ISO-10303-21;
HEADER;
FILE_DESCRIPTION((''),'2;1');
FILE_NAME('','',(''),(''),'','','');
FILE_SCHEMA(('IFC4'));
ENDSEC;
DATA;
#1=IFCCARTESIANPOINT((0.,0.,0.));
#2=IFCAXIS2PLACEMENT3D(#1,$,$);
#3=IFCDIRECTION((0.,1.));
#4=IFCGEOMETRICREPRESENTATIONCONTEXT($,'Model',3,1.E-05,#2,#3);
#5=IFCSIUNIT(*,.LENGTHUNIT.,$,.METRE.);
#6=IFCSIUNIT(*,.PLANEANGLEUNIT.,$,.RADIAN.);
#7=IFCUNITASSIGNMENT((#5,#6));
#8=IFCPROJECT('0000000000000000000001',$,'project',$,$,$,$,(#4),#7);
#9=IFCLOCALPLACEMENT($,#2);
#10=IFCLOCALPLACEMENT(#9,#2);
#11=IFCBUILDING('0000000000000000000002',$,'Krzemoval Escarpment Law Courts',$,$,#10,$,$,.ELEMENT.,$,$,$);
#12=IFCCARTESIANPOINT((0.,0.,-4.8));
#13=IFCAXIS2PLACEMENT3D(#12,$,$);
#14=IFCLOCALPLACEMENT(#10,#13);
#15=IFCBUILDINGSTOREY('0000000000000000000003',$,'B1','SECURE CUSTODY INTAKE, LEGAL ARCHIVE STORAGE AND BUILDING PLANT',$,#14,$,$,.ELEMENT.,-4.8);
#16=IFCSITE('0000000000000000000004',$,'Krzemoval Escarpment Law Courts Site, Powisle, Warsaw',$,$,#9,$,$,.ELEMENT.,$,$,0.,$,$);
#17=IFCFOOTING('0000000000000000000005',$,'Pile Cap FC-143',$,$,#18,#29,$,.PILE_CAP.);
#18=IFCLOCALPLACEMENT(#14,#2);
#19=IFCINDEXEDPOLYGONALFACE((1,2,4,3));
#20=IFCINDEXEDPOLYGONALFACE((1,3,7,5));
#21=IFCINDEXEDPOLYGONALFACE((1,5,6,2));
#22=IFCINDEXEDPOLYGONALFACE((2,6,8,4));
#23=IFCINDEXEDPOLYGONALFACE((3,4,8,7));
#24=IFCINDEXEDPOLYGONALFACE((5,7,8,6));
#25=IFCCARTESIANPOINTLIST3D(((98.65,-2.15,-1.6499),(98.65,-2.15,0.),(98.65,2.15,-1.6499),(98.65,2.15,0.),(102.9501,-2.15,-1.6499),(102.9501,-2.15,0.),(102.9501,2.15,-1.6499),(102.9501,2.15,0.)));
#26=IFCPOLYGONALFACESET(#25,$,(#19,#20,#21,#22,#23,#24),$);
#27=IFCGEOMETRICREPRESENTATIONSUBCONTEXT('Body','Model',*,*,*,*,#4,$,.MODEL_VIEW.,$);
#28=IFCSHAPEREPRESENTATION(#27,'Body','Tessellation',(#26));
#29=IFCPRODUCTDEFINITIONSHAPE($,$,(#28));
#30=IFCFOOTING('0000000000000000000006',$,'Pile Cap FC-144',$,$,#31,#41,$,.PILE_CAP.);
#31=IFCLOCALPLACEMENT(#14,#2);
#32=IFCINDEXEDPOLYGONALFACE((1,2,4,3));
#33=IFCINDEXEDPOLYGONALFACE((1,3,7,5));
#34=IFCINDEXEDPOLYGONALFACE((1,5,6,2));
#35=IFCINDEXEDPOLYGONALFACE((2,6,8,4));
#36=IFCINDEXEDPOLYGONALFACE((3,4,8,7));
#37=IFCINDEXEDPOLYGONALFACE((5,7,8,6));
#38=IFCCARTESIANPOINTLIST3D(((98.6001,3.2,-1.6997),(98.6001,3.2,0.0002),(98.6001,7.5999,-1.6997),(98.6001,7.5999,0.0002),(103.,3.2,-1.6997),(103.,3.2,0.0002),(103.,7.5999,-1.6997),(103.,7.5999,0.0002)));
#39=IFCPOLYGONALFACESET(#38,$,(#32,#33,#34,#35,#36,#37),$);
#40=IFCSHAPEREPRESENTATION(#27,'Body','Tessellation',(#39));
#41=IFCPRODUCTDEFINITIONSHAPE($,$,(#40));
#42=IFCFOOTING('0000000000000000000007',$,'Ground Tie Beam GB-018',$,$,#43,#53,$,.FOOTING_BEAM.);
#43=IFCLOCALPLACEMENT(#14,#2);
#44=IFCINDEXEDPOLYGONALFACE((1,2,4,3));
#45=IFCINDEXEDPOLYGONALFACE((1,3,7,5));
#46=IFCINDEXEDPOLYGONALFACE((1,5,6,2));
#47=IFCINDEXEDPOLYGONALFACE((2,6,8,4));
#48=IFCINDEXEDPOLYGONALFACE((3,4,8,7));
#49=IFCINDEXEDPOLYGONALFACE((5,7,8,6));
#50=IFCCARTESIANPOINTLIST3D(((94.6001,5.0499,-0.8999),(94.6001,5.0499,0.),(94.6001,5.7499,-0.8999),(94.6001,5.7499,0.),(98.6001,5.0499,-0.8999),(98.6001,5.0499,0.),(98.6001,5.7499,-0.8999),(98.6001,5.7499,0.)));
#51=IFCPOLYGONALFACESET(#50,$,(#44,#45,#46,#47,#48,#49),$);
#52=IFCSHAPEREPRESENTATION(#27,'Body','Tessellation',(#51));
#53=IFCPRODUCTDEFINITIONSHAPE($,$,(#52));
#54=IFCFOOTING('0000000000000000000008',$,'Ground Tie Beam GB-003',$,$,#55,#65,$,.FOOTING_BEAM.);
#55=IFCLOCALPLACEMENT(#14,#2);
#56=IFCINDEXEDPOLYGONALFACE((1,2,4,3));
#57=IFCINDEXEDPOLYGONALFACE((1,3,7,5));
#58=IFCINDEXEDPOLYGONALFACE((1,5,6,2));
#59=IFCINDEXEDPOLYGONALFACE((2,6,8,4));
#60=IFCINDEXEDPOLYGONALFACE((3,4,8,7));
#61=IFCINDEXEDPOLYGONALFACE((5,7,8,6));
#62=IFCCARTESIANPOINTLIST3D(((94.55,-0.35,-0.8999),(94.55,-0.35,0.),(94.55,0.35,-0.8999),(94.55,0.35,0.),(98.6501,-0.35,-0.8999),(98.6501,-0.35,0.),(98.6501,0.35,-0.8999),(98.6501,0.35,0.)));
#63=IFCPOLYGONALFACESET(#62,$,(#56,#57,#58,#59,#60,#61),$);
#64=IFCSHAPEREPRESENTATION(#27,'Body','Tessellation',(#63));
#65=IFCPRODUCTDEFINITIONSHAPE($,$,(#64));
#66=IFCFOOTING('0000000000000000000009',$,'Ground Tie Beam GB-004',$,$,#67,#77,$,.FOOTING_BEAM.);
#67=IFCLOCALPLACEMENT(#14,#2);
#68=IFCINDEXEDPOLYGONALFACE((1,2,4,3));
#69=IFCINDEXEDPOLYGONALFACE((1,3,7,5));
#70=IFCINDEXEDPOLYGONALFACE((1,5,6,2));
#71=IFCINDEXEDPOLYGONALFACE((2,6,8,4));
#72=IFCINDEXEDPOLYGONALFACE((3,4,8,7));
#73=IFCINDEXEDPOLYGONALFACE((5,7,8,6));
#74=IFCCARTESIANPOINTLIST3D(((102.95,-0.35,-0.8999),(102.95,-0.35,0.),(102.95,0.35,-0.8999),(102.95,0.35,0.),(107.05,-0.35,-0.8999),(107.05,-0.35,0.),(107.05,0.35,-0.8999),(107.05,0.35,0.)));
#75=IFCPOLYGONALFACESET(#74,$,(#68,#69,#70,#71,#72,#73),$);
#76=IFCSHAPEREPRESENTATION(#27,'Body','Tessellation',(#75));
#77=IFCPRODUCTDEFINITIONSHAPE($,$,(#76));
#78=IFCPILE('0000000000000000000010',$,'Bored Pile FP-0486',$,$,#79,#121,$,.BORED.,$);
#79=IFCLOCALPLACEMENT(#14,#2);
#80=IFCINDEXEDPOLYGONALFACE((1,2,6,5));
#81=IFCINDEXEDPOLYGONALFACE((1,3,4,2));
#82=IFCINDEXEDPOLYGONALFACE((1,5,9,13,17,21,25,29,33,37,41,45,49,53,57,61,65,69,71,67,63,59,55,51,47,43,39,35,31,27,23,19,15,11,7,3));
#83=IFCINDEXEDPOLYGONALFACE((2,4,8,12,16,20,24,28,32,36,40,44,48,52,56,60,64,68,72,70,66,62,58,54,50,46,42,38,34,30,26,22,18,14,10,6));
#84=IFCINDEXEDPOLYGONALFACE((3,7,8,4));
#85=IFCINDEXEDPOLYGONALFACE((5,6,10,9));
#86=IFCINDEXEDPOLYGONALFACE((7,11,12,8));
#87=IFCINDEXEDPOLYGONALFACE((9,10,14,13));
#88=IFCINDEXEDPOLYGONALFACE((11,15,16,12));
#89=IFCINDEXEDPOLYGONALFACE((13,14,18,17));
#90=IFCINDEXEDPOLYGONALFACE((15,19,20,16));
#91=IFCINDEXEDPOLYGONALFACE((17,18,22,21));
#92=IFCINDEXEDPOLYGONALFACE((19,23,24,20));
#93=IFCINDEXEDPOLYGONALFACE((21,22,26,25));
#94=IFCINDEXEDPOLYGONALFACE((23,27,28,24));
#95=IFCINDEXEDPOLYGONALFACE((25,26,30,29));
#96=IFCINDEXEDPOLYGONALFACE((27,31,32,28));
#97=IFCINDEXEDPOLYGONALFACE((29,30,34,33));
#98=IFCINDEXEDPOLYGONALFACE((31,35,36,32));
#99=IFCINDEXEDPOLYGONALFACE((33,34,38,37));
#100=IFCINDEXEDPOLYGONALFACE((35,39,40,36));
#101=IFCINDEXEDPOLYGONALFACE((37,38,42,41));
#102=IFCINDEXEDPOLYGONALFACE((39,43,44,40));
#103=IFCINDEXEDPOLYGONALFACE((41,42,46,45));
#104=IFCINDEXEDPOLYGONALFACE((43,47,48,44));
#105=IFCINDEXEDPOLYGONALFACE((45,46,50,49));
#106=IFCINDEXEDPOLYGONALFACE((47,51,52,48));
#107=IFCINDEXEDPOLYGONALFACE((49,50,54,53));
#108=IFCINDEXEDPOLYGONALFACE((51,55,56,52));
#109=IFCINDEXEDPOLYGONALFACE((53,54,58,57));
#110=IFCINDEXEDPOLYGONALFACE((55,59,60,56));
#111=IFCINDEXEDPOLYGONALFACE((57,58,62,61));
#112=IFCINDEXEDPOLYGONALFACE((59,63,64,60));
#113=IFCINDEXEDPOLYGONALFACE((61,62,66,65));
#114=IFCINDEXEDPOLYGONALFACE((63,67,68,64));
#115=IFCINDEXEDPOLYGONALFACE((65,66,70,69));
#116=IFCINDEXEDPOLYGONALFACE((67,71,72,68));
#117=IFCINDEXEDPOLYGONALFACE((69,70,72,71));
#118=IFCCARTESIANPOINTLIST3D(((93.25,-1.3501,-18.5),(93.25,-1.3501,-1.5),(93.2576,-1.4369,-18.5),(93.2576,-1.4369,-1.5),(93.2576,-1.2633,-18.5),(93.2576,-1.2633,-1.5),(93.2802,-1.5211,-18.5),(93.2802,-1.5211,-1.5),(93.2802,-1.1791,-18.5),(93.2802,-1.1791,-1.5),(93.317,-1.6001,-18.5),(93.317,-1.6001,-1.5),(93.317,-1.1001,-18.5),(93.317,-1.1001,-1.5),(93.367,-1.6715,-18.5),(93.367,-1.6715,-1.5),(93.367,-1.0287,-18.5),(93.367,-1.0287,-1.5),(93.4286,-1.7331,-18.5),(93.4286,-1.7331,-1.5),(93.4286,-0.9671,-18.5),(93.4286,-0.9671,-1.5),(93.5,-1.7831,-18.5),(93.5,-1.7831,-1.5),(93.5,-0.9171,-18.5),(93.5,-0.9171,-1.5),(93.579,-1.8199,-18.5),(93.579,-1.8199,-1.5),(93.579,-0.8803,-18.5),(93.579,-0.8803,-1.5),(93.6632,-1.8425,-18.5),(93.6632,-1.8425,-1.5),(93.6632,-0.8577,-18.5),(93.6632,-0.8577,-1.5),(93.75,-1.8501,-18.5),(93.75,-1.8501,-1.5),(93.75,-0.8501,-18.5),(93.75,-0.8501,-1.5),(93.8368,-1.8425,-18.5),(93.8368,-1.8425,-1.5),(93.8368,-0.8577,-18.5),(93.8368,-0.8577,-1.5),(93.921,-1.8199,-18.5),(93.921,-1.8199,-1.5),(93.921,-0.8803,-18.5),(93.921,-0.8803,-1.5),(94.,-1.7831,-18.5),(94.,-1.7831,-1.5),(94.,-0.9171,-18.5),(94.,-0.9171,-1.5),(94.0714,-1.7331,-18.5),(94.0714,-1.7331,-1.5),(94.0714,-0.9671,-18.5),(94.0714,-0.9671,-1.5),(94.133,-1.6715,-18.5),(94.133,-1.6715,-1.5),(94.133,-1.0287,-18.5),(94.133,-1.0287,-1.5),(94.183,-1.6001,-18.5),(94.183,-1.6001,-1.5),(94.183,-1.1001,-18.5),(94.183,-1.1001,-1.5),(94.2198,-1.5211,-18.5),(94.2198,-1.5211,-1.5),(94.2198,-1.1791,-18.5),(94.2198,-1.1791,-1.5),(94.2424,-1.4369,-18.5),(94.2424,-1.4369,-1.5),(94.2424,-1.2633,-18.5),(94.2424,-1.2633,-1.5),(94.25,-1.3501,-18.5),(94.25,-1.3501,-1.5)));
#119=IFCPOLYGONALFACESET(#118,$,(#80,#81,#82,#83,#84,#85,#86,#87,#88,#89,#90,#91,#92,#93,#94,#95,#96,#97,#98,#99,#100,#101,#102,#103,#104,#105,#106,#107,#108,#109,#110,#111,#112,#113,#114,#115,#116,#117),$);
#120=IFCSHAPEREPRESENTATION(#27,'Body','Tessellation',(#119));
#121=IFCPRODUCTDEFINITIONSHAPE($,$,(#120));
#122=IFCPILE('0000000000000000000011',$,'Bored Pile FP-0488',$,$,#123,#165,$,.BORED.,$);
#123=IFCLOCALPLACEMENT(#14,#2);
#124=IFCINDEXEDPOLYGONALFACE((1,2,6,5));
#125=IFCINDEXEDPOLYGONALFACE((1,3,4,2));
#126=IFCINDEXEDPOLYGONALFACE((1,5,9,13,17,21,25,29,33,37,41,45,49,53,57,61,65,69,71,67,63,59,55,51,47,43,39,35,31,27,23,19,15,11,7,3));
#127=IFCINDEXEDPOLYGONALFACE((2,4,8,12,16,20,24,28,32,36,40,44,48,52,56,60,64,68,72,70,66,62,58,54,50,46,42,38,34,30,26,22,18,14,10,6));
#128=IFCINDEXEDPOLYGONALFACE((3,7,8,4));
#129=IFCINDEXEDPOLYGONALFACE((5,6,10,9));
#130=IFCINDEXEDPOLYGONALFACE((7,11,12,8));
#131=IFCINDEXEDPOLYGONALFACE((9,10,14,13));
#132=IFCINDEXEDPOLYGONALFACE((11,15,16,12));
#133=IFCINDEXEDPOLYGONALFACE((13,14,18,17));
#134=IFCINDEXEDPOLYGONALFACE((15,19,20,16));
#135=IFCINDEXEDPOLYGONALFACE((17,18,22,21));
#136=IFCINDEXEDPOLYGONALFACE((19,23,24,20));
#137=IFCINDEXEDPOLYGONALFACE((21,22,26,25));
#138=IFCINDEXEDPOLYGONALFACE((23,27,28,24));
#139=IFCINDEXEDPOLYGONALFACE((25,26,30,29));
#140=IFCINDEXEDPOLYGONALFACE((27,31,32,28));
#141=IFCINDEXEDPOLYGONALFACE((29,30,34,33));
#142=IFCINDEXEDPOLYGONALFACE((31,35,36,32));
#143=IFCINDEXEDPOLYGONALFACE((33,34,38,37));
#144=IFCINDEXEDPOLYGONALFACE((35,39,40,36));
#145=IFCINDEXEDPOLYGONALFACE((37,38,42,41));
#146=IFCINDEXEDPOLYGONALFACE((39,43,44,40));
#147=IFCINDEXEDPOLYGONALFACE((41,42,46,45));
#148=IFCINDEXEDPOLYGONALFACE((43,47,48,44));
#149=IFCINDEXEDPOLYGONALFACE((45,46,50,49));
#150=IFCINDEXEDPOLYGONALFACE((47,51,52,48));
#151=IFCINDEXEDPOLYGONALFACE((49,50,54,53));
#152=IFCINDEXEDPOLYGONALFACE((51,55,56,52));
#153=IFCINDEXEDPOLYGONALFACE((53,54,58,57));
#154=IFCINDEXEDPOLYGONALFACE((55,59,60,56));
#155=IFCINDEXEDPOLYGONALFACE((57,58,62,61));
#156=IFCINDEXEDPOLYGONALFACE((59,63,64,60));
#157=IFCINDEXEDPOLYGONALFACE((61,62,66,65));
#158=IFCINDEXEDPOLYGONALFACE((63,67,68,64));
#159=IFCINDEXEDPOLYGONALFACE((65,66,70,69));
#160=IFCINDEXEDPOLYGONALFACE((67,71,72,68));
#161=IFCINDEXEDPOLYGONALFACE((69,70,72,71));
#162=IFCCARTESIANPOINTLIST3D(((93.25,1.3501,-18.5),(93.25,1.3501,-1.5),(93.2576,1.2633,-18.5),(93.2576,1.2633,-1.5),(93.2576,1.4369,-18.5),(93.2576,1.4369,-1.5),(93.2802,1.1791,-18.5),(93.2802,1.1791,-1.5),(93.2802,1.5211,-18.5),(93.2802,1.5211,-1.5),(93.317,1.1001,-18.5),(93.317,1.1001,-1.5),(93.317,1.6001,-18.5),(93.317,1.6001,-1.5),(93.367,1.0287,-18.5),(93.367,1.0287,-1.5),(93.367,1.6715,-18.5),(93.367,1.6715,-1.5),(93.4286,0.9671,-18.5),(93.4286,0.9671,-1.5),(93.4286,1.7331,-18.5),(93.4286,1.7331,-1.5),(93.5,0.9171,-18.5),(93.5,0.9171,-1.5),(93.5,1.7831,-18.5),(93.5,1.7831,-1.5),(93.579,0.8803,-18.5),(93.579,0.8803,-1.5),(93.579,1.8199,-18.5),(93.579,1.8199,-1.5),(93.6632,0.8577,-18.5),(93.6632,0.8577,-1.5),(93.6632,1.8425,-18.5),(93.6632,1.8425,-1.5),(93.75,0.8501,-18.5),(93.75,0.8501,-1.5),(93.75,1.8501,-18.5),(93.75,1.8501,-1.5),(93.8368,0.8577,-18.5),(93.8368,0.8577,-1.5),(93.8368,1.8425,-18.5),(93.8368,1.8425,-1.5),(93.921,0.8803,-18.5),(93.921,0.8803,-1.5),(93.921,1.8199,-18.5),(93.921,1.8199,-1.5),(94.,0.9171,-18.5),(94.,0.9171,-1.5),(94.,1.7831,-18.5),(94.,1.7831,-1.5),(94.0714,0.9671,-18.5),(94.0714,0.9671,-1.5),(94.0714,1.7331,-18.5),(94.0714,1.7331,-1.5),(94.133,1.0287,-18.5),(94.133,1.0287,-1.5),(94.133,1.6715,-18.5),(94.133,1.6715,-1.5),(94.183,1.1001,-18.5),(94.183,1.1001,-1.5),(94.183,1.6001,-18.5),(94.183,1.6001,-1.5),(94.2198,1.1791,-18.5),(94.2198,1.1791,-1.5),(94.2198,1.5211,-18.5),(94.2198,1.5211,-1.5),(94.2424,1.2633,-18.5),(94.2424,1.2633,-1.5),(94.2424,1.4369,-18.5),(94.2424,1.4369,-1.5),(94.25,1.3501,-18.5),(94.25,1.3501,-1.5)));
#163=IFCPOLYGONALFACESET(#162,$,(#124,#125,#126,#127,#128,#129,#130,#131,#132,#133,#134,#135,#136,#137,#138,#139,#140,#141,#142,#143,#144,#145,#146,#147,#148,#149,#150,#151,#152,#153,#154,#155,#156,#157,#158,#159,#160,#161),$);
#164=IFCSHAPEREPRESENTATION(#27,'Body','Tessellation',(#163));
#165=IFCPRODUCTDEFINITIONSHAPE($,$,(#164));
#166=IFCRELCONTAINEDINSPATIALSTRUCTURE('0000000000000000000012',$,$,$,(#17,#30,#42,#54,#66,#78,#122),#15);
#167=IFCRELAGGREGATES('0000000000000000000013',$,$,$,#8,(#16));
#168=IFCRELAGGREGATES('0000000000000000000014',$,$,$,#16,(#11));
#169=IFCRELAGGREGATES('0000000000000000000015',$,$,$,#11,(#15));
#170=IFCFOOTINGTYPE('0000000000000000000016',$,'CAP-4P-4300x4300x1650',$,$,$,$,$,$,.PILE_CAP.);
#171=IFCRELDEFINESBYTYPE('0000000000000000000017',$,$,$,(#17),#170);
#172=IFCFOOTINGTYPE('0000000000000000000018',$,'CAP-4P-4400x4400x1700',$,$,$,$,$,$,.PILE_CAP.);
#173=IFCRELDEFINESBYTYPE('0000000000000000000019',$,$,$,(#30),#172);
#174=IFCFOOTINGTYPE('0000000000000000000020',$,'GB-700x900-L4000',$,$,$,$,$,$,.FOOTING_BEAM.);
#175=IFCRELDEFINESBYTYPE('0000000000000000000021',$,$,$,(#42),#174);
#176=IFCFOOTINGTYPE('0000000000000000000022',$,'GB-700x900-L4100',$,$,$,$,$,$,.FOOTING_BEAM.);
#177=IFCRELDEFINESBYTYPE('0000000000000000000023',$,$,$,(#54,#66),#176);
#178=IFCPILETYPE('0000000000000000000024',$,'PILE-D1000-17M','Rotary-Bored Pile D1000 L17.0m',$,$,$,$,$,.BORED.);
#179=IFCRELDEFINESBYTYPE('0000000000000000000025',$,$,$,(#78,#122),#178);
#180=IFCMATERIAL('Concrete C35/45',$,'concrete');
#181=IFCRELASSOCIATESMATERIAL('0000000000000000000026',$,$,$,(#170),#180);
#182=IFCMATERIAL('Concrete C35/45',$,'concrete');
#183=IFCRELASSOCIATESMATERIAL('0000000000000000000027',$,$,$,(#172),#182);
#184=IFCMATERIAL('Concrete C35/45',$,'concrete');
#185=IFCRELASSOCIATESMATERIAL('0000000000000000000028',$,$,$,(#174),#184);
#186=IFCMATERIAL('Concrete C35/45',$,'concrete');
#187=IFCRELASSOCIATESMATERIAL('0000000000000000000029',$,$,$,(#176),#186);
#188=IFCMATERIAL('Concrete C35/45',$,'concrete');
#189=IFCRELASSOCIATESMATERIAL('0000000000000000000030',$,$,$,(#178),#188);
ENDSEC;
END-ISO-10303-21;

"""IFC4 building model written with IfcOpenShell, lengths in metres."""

from ifc_helpers import new_model, si_unit, direction, frame, origin, origin_2d, place, context, subcontext, project, spatial, rectangle, circle, extrude, material, material_profile, profile_set, type_object, element, save


model = new_model("IFC4")

# Units and contexts
model_context = context("Model", 3, precision=1e-05, world=origin(), true_north=direction((0.0, 1.0)))
body_context = subcontext(model_context, "Body", "Model", "MODEL_VIEW")
ifc_project = project(units=[si_unit("LENGTHUNIT", "METRE"), si_unit("PLANEANGLEUNIT", "RADIAN")], contexts=[model_context])

# Site, building, storey
site_placement = place(None, origin())
site = spatial("IfcSite", under=ifc_project, at=site_placement, Name="Krzemoval Escarpment Law Courts Site, Powisle, Warsaw", CompositionType="ELEMENT", RefElevation=0.0)
building_placement = place(site_placement, origin())
building = spatial("IfcBuilding", under=site, at=building_placement, Name="Krzemoval Escarpment Law Courts", CompositionType="ELEMENT")
storey_placement = place(building_placement, frame((0.0, 0.0, -4.8)))
storey = spatial("IfcBuildingStorey", under=building, at=storey_placement, Name="B1", Description="SECURE CUSTODY INTAKE, LEGAL ARCHIVE STORAGE AND BUILDING PLANT", CompositionType="ELEMENT", Elevation=-4.8)

# Footings
ifc_material_1 = material(Name="Concrete C35/45", Category="concrete")
footing_type_1 = type_object("IfcFootingType", Name="CAP-4P-4300x4300x1650", PredefinedType="PILE_CAP", material=ifc_material_1)
footing_1_placement = place(storey_placement, frame((100.8, 0.0, -1.6499), z_axis=(0.0, 0.0, 1.0), x_axis=(1.0, 0.0, 0.0)))
element("IfcFooting", 1, at=footing_1_placement, inside=storey, type_object=footing_type_1, Name="Pile Cap FC-143", PredefinedType="PILE_CAP", context=body_context, shape_type="SweptSolid", body=[
    extrude(rectangle(XDim=4.3, YDim=4.3, at=origin_2d()), origin(), (0.0, 0.0, 1.0), 1.6499),
])
ifc_material_2 = material(Name="Concrete C35/45", Category="concrete")
footing_type_2 = type_object("IfcFootingType", Name="CAP-4P-4400x4400x1700", PredefinedType="PILE_CAP", material=ifc_material_2)
footing_2_placement = place(storey_placement, frame((100.8, 5.3999, -1.6997), z_axis=(0.0, 0.0, 1.0), x_axis=(1.0, 0.0, 0.0)))
element("IfcFooting", 2, at=footing_2_placement, inside=storey, type_object=footing_type_2, Name="Pile Cap FC-144", PredefinedType="PILE_CAP", context=body_context, shape_type="SweptSolid", body=[
    extrude(rectangle(XDim=4.3999, YDim=4.3999, at=origin_2d()), origin(), (0.0, 0.0, 1.0), 1.7),
])
ifc_material_3 = material(Name="Concrete C35/45", Category="concrete")
footing_type_3 = type_object("IfcFootingType", Name="GB-700x900-L4000", PredefinedType="FOOTING_BEAM", material=ifc_material_3)
footing_3_placement = place(storey_placement, frame((96.6001, 5.3999, -0.8999), z_axis=(0.0, 0.0, 1.0), x_axis=(1.0, 0.0, 0.0)))
element("IfcFooting", 3, at=footing_3_placement, inside=storey, type_object=footing_type_3, Name="Ground Tie Beam GB-018", PredefinedType="FOOTING_BEAM", context=body_context, shape_type="SweptSolid", body=[
    extrude(rectangle(XDim=4.0, YDim=0.7, at=origin_2d()), origin(), (0.0, 0.0, 1.0), 0.8999),
])
ifc_material_4 = material(Name="Concrete C35/45", Category="concrete")
footing_type_4 = type_object("IfcFootingType", Name="GB-700x900-L4100", PredefinedType="FOOTING_BEAM", material=ifc_material_4)
for number, where, z_axis, x_axis, name in (
    (4, (96.6001, 0.0, -0.8999), (0.0, 0.0, 1.0), (1.0, 0.0, 0.0), "Ground Tie Beam GB-003"),
    (5, (105.0, 0.0, -0.8999), (0.0, 0.0, 1.0), (1.0, 0.0, 0.0), "Ground Tie Beam GB-004"),
):
    element("IfcFooting", number, at=place(storey_placement, frame(where, z_axis=z_axis, x_axis=x_axis)), inside=storey, type_object=footing_type_4, Name=name, PredefinedType="FOOTING_BEAM", context=body_context, shape_type="SweptSolid", body=[
        extrude(rectangle(XDim=4.1001, YDim=0.7, at=origin_2d()), origin(), (0.0, 0.0, 1.0), 0.8999),
    ])

# Piles
ifc_material_5 = material(Name="Concrete C35/45", Category="concrete")
ifc_material_profile_1 = material_profile(ifc_material_5, circle(Radius=0.5, at=origin_2d()), Name="PILE D1000")
ifc_profile_set_1 = profile_set([ifc_material_profile_1], Name="Concrete C35/45")
pile_type = type_object("IfcPileType", Name="PILE-D1000-17M", Description="Rotary-Bored Pile D1000 L17.0m", PredefinedType="BORED", material=ifc_profile_set_1)
for number, where, z_axis, x_axis, name in (
    (6, (93.75, -1.3501, -1.5), (0.0, 0.0, -1.0), (1.0, 0.0, 0.0), "Bored Pile FP-0486"),
    (7, (93.75, 1.3501, -1.5), (0.0, 0.0, -1.0), (1.0, 0.0, 0.0), "Bored Pile FP-0488"),
):
    element("IfcPile", number, at=place(storey_placement, frame(where, z_axis=z_axis, x_axis=x_axis)), inside=storey, type_object=pile_type, Name=name, PredefinedType="BORED", context=body_context, shape_type="SweptSolid", body=[
        extrude(circle(Radius=0.5, at=origin_2d()), origin(), (0.0, 0.0, 1.0), 17.0),
    ])

save(model, "model.ifc")
